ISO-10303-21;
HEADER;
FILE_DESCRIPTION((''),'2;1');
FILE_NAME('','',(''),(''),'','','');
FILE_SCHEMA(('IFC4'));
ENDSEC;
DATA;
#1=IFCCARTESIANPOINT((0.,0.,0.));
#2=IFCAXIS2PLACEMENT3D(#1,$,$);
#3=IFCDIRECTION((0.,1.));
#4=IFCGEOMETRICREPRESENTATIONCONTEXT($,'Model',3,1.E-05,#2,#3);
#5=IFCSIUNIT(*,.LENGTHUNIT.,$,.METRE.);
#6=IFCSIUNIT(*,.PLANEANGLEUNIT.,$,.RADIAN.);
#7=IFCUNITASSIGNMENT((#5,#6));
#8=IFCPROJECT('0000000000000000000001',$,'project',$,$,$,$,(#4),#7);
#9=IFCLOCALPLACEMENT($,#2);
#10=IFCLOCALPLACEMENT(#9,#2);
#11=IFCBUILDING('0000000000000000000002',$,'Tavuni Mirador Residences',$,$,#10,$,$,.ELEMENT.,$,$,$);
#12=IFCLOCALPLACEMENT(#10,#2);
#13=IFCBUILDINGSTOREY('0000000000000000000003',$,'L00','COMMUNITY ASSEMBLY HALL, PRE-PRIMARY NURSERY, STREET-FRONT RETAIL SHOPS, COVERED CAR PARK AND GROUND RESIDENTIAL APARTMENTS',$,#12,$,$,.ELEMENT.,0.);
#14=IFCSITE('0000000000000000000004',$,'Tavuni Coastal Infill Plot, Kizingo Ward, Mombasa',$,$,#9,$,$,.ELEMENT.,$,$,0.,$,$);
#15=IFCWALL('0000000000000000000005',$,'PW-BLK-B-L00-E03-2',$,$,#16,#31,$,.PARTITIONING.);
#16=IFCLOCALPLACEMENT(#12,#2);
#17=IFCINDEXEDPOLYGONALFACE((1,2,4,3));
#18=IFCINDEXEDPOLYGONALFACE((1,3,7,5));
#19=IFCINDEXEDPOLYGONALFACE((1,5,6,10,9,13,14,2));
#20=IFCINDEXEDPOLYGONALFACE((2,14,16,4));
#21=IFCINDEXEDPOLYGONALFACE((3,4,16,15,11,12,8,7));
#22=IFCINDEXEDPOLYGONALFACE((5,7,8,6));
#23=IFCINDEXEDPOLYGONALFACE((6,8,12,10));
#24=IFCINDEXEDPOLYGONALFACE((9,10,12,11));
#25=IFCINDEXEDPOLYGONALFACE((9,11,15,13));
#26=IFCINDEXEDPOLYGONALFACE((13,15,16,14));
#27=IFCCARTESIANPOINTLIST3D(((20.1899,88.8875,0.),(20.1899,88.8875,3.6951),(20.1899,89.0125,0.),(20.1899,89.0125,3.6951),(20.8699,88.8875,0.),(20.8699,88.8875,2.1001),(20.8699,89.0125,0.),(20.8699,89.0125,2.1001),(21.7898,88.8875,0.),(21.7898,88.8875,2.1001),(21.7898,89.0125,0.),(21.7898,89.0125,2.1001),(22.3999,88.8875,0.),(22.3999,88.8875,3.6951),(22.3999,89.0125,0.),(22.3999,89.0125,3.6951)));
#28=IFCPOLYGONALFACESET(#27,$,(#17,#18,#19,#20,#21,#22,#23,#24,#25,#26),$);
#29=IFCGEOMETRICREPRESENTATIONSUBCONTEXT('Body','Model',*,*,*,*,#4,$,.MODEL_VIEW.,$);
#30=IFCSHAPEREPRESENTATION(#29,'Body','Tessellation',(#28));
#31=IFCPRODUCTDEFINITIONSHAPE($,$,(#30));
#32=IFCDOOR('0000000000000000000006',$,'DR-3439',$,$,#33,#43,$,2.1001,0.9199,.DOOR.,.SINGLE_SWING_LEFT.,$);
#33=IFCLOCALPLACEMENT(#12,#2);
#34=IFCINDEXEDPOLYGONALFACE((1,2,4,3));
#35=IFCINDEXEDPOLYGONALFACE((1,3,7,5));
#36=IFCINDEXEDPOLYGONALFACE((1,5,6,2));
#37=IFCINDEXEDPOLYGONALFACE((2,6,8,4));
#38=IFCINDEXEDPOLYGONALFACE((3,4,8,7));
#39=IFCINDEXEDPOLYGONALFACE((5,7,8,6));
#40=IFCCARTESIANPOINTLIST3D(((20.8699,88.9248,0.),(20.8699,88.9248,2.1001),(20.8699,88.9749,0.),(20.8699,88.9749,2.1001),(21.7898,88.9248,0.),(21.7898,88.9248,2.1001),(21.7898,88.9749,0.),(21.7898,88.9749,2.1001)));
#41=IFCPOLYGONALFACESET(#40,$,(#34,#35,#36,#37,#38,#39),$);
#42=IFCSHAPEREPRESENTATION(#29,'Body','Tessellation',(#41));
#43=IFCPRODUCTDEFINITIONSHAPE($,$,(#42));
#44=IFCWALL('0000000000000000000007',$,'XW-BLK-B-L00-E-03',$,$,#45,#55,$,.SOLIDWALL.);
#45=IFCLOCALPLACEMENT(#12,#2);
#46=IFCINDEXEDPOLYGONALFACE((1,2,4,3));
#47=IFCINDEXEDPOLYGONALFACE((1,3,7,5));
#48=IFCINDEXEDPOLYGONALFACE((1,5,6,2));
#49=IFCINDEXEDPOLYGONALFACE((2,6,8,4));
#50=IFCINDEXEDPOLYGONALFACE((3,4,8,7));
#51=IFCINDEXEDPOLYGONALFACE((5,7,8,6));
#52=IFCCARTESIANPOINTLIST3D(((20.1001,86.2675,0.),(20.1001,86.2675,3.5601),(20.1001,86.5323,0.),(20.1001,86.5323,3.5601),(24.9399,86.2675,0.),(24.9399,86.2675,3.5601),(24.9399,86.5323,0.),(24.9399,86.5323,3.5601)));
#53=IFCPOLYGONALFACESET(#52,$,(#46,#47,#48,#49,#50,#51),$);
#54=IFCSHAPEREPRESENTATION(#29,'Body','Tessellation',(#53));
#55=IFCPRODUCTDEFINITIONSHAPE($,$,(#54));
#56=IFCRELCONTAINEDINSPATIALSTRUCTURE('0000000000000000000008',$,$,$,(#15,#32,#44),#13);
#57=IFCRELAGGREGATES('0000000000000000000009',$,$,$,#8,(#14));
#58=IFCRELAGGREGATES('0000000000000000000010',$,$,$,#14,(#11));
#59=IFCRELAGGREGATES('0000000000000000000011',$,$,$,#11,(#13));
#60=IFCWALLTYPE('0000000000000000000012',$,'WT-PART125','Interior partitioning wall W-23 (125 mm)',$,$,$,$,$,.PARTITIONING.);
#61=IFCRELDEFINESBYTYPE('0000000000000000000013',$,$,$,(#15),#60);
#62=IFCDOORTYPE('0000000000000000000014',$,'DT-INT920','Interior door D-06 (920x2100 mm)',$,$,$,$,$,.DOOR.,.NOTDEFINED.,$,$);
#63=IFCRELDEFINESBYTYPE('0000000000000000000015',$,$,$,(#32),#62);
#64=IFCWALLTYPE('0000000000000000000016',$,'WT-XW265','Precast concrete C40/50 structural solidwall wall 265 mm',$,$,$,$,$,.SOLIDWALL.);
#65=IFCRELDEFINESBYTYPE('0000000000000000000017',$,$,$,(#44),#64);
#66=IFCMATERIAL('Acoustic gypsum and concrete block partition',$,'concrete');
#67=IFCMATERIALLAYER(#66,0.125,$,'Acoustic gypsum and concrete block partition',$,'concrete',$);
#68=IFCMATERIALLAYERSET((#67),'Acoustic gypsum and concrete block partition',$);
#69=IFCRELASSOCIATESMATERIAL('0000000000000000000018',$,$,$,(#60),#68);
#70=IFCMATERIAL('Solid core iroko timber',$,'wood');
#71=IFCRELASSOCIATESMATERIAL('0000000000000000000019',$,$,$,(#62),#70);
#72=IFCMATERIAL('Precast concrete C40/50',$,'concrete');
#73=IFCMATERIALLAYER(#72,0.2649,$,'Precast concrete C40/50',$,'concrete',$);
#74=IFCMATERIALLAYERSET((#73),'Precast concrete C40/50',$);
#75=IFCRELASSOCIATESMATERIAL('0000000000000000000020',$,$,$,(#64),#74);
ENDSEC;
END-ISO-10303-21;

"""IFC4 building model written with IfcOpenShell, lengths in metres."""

from ifc_helpers import new_model, si_unit, direction, frame, frame_2d, origin, place, context, subcontext, project, spatial, rectangle, extrude, material, layer, layer_set, type_object, element, fill, save


model = new_model("IFC4")

# Units and contexts
model_context = context("Model", 3, precision=1e-05, world=origin(), true_north=direction((0.0, 1.0)))
body_context = subcontext(model_context, "Body", "Model", "MODEL_VIEW")
ifc_project = project(units=[si_unit("LENGTHUNIT", "METRE"), si_unit("PLANEANGLEUNIT", "RADIAN")], contexts=[model_context])

# Site, building, storey
site_placement = place(None, origin())
site = spatial("IfcSite", under=ifc_project, at=site_placement, Name="Tavuni Coastal Infill Plot, Kizingo Ward, Mombasa", CompositionType="ELEMENT", RefElevation=0.0)
building_placement = place(site_placement, origin())
building = spatial("IfcBuilding", under=site, at=building_placement, Name="Tavuni Mirador Residences", CompositionType="ELEMENT")
storey_placement = place(building_placement, origin())
storey = spatial("IfcBuildingStorey", under=building, at=storey_placement, Name="L00", Description="COMMUNITY ASSEMBLY HALL, PRE-PRIMARY NURSERY, STREET-FRONT RETAIL SHOPS, COVERED CAR PARK AND GROUND RESIDENTIAL APARTMENTS", CompositionType="ELEMENT", Elevation=0.0)

# Shared definitions
ifc_material_1 = material(Name="Precast concrete C40/50", Category="concrete")

# Shared definitions
ifc_material_2 = material(Name="Solid core iroko timber", Category="wood")
ifc_material_3 = material(Name="Acoustic gypsum and concrete block partition", Category="concrete")

# Wall, opening, door
ifc_layer_1 = layer(ifc_material_3, 0.125, Name="Acoustic gypsum and concrete block partition", Category="concrete")
ifc_layer_set_1 = layer_set([ifc_layer_1], Name="Acoustic gypsum and concrete block partition")
wall_type_1 = type_object("IfcWallType", Name="WT-PART125", Description="Interior partitioning wall W-23 (125 mm)", PredefinedType="PARTITIONING", material=ifc_layer_set_1)
wall_1_placement = place(storey_placement, frame((20.1899, 88.95, 0.0), z_axis=(0.0, 0.0, 1.0), x_axis=(1.0, 0.0, 0.0)))
wall_1 = element("IfcWall", 1, at=wall_1_placement, inside=storey, type_object=wall_type_1, Name="PW-BLK-B-L00-E03-2", PredefinedType="PARTITIONING", context=body_context, shape_type="SweptSolid", body=[
    extrude(rectangle(XDim=2.21, YDim=0.125, at=frame_2d((1.105, 0.0))), origin(), (0.0, 0.0, 1.0), 3.6951),
])
opening_1_placement = place(wall_1_placement, frame((0.6799, 0.0, 0.0)))
opening_1 = element("IfcOpeningElement", 2, at=opening_1_placement, cuts=wall_1, PredefinedType="OPENING", context=body_context, shape_type="SweptSolid", body=[
    extrude(rectangle(XDim=0.9199, YDim=2.1001, at=frame_2d((0.46, 1.05))), frame((0.0, 0.0725, 0.0), z_axis=(0.0, -1.0, 0.0), x_axis=(1.0, 0.0, 0.0)), (0.0, 0.0, 1.0), 0.145),
])
door_type_1 = type_object("IfcDoorType", Name="DT-INT920", Description="Interior door D-06 (920x2100 mm)", OperationType="NOTDEFINED", PredefinedType="DOOR", material=ifc_material_2)
door_1_placement = place(opening_1_placement, origin())
door_1 = element("IfcDoor", 3, at=door_1_placement, inside=storey, type_object=door_type_1, Name="DR-3439", OperationType="SINGLE_SWING_LEFT", OverallHeight=2.1001, OverallWidth=0.9199, PredefinedType="DOOR", context=body_context, shape_type="SweptSolid", body=[
    extrude(rectangle(XDim=0.9199, YDim=2.1001, at=frame_2d((0.46, 1.05))), frame((0.0, 0.0249, 0.0), z_axis=(0.0, -1.0, 0.0), x_axis=(1.0, 0.0, 0.0)), (0.0, 0.0, 1.0), 0.05),
])
fill(opening_1, door_1)

# Wall
ifc_layer_2 = layer(ifc_material_1, 0.2649, Name="Precast concrete C40/50", Category="concrete")
ifc_layer_set_2 = layer_set([ifc_layer_2], Name="Precast concrete C40/50")
wall_type_2 = type_object("IfcWallType", Name="WT-XW265", Description="Precast concrete C40/50 structural solidwall wall 265 mm", PredefinedType="SOLIDWALL", material=ifc_layer_set_2)
wall_2_placement = place(storey_placement, frame((20.1001, 86.3999, 0.0), z_axis=(0.0, 0.0, 1.0), x_axis=(1.0, 0.0, 0.0)))
element("IfcWall", 4, at=wall_2_placement, inside=storey, type_object=wall_type_2, Name="XW-BLK-B-L00-E-03", PredefinedType="SOLIDWALL", context=body_context, shape_type="SweptSolid", body=[
    extrude(rectangle(XDim=4.8398, YDim=0.2649, at=frame_2d((2.4199, 0.0))), origin(), (0.0, 0.0, 1.0), 3.5601),
])

save(model, "model.ifc")
